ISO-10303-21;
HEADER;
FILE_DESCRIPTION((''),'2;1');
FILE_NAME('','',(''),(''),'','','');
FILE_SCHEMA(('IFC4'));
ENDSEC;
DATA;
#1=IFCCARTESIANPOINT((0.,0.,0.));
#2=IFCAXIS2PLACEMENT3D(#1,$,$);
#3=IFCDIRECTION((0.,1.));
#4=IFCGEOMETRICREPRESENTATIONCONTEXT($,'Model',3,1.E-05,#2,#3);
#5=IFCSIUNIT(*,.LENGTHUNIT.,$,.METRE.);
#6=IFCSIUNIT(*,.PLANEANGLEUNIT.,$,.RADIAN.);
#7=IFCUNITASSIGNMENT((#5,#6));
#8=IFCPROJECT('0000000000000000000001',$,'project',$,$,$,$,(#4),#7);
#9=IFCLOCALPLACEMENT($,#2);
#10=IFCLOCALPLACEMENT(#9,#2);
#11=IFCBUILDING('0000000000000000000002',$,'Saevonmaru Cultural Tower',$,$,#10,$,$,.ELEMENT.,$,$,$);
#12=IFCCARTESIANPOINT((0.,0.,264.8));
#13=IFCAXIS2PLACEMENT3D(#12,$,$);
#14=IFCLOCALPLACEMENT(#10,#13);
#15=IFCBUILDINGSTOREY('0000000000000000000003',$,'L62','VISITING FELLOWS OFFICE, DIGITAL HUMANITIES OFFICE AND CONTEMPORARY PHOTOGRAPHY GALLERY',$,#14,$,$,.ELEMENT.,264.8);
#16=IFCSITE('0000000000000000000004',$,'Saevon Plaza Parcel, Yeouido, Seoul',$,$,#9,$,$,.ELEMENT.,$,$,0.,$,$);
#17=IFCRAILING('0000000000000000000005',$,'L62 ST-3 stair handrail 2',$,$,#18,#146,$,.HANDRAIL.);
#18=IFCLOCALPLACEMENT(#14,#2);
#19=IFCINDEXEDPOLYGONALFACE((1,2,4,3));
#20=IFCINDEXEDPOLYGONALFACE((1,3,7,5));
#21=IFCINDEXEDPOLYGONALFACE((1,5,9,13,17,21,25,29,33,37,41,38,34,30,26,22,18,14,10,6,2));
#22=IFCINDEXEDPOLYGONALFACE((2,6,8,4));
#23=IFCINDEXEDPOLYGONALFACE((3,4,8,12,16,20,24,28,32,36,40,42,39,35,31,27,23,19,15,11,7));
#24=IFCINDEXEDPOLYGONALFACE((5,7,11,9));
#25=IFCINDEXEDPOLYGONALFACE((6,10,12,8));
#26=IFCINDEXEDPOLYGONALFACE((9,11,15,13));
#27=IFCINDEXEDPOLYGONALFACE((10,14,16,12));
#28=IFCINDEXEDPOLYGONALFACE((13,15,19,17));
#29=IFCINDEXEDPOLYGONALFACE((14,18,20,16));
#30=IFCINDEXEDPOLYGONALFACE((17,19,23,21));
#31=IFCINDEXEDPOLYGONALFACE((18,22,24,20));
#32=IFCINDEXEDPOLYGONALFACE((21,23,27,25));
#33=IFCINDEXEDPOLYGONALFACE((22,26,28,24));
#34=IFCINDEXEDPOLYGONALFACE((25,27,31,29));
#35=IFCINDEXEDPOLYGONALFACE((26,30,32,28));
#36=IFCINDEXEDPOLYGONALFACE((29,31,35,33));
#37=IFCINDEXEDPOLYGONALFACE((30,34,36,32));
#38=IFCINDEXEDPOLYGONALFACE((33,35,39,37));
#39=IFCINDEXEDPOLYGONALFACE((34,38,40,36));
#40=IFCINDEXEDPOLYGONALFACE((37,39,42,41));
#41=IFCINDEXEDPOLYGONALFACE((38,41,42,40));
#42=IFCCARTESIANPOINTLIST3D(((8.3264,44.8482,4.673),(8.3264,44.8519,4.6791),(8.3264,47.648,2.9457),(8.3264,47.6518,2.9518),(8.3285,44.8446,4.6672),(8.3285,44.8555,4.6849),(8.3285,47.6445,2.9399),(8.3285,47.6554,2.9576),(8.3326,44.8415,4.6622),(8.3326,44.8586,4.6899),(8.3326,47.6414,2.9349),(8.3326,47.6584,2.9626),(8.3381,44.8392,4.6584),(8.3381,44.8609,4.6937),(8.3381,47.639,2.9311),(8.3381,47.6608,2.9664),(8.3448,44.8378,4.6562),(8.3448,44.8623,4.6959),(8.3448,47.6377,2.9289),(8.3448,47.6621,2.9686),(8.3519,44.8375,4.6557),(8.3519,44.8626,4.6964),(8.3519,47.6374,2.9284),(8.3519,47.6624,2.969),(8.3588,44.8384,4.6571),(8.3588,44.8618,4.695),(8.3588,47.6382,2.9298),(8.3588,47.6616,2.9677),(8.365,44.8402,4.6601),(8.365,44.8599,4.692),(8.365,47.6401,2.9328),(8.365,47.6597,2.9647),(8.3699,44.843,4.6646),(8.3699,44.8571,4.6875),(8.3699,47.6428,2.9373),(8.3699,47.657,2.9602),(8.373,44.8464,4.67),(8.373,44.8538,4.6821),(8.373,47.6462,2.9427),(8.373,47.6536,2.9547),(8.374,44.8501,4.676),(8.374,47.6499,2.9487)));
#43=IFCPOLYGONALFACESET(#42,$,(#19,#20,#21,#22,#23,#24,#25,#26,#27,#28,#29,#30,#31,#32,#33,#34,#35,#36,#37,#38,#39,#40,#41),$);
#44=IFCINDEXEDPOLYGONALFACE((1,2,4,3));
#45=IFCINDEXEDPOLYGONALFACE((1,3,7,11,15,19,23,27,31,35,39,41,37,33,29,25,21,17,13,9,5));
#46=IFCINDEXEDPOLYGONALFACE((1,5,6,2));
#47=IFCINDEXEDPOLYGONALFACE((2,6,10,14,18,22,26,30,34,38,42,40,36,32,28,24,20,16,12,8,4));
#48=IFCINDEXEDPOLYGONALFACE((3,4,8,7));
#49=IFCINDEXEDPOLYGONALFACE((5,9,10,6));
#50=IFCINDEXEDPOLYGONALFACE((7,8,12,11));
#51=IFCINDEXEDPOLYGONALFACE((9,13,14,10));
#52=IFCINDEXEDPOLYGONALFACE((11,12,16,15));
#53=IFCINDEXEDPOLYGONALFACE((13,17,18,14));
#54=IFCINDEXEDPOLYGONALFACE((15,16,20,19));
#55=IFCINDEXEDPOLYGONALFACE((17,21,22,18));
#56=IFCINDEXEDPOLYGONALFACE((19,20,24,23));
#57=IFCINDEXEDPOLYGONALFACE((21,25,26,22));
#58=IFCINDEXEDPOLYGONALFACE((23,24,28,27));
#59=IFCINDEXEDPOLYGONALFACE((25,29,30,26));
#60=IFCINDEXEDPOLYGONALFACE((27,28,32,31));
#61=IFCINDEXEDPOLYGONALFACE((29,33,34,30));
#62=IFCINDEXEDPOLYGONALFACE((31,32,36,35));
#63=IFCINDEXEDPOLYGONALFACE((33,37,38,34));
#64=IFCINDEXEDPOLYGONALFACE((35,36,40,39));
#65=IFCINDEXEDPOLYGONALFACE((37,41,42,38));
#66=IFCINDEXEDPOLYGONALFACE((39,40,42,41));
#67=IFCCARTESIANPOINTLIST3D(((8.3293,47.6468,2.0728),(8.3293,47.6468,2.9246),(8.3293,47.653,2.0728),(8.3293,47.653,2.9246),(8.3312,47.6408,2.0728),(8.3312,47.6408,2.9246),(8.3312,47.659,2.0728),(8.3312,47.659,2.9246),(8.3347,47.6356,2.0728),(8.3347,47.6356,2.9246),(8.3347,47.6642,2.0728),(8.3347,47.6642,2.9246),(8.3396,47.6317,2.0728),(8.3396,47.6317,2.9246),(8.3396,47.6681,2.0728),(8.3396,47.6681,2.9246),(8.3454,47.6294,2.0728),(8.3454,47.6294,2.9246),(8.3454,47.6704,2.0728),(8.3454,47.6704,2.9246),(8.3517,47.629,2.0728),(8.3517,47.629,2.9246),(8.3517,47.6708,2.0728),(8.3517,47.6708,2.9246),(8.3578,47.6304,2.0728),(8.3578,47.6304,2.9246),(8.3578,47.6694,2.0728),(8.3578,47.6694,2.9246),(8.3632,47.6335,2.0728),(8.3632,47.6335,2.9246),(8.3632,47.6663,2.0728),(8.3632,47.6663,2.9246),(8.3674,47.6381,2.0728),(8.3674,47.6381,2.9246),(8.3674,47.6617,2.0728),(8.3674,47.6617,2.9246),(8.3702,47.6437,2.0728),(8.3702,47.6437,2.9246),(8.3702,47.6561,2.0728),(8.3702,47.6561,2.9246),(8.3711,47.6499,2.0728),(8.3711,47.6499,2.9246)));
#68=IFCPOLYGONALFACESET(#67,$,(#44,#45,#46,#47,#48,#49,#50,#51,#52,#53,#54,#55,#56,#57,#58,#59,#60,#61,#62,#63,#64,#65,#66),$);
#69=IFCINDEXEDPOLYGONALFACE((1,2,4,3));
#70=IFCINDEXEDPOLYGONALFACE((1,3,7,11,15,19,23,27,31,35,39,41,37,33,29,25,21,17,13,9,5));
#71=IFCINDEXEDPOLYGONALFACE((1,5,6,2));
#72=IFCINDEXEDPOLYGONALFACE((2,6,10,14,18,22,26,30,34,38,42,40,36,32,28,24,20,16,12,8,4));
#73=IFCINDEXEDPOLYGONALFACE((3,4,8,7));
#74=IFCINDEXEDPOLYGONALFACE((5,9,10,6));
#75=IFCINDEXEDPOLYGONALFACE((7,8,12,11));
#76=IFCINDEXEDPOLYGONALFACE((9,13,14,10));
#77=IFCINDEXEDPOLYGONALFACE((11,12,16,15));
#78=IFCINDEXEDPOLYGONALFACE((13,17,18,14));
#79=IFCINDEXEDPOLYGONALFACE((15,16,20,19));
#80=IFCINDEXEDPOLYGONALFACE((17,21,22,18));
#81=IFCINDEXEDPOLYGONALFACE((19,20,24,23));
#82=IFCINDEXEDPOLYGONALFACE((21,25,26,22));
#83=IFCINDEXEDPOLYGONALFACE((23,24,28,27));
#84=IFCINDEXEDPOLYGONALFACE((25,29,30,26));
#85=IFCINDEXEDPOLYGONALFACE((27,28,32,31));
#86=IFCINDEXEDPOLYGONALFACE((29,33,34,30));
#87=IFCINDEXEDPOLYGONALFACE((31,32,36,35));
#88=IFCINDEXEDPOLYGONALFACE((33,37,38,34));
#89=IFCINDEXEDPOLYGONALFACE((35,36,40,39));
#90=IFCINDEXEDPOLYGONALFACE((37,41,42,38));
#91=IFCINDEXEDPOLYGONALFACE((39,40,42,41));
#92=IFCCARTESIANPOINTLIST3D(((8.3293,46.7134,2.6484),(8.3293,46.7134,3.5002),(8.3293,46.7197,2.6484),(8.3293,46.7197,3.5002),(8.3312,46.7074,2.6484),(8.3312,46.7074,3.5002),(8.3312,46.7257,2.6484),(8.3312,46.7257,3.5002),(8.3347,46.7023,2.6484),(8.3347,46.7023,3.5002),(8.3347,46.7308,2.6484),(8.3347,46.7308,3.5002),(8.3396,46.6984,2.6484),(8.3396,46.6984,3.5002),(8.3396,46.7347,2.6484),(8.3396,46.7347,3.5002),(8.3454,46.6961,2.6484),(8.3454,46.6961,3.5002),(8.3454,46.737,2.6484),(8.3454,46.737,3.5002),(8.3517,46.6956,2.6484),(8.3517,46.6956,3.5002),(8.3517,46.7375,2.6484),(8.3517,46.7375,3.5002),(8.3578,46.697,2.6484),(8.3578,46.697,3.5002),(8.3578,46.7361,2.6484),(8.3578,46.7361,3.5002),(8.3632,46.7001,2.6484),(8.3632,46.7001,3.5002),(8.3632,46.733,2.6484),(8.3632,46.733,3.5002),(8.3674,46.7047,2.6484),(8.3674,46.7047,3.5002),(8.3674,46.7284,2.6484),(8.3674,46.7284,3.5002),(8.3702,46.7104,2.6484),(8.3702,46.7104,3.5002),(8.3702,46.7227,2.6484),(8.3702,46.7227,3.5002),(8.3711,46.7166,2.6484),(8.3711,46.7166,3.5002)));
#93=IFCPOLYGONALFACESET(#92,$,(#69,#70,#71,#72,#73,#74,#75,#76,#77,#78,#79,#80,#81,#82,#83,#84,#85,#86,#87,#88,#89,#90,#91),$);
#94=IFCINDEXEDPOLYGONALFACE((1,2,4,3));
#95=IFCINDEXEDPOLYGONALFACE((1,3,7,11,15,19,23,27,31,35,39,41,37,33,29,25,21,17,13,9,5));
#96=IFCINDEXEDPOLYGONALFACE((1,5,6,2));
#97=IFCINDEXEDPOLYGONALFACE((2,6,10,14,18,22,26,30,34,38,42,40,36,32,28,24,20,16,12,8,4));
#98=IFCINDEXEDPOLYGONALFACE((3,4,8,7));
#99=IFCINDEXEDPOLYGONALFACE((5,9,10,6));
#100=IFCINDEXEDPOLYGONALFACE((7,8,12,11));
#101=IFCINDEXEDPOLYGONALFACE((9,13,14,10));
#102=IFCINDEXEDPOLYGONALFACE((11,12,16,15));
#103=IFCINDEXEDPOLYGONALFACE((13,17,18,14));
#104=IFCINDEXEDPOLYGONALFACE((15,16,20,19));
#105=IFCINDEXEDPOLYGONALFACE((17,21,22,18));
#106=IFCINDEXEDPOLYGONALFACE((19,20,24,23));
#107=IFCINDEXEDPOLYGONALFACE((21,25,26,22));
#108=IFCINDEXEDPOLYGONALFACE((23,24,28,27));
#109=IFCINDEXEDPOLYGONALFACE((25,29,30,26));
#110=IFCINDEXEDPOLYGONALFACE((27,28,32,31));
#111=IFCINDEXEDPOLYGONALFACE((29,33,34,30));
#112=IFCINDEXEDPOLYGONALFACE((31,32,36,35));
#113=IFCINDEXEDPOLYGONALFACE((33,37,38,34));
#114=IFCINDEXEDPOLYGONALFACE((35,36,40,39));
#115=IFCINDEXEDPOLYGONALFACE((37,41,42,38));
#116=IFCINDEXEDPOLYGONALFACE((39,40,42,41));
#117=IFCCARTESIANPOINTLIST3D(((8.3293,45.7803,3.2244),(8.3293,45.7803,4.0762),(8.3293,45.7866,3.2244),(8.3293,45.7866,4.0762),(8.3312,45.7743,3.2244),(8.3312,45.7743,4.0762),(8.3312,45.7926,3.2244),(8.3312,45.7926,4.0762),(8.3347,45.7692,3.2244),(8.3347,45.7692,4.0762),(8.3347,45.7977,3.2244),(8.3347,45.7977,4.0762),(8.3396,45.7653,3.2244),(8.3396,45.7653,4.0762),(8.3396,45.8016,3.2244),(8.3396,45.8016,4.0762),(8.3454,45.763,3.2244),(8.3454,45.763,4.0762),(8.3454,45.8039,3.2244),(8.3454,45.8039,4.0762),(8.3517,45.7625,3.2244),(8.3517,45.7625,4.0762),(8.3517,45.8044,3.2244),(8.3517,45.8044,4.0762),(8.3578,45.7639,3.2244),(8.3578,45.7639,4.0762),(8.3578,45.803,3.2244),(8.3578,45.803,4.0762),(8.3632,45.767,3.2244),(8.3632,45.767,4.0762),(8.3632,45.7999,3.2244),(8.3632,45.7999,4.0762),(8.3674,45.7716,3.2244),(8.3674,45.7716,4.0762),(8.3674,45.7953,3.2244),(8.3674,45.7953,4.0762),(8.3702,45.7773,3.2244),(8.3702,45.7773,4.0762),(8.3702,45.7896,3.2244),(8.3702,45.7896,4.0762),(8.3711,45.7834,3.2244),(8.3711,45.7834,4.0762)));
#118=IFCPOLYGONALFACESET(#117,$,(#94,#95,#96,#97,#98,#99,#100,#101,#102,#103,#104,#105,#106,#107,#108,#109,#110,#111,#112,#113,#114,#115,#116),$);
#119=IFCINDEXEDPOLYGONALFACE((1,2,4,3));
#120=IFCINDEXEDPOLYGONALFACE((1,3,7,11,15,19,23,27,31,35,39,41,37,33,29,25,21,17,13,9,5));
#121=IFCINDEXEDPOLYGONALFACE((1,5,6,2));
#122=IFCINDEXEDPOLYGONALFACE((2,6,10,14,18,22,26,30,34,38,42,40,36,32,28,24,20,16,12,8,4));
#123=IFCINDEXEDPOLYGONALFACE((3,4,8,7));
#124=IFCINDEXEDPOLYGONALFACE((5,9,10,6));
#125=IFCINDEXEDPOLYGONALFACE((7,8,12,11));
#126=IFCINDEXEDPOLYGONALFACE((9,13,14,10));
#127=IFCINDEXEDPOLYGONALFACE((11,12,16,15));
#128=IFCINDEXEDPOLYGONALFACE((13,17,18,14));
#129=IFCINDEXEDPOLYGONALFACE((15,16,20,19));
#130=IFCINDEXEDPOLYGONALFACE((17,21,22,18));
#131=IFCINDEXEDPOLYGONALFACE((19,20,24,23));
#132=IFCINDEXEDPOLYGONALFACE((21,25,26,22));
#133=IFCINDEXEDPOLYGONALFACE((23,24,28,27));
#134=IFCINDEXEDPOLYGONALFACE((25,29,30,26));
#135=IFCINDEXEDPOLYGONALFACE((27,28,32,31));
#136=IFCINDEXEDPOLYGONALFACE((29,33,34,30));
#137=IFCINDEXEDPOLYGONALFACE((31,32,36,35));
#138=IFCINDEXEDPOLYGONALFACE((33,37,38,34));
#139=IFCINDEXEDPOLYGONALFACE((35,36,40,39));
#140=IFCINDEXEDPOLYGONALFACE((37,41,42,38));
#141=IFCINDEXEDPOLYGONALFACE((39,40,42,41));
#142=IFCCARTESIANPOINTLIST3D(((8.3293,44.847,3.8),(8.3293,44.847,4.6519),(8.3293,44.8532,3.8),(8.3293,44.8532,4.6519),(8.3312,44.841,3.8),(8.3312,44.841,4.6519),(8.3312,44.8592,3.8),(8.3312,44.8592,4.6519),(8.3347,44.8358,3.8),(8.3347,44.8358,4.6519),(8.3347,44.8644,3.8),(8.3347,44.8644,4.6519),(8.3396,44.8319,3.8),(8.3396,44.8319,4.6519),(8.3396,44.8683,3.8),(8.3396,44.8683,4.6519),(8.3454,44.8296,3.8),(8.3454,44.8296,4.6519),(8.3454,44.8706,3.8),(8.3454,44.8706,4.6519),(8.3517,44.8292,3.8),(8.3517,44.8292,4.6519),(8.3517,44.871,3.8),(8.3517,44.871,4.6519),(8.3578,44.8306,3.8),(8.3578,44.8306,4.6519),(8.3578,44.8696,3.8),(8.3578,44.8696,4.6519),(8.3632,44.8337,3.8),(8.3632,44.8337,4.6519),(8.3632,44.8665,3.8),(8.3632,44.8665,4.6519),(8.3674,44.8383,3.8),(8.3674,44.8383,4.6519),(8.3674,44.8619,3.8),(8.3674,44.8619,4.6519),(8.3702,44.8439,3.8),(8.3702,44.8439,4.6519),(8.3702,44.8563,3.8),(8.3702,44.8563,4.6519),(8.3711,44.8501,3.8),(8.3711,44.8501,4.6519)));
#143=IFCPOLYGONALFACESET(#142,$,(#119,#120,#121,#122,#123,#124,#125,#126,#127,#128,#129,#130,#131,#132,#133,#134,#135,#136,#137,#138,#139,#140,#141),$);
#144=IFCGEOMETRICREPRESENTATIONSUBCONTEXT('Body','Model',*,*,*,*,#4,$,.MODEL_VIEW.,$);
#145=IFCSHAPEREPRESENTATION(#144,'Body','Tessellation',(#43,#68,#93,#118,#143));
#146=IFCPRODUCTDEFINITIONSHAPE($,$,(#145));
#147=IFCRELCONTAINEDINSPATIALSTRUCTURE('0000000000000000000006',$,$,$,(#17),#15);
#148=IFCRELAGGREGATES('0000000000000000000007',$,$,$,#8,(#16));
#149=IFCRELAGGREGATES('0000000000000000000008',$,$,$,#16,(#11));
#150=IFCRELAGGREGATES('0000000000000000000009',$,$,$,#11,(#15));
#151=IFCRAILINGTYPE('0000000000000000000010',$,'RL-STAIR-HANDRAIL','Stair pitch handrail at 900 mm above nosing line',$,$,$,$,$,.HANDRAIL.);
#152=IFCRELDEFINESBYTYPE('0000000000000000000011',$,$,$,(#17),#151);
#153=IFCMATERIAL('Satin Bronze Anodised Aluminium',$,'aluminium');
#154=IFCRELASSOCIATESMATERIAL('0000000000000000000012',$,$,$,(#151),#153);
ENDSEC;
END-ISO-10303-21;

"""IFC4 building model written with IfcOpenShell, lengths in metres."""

from ifc_helpers import new_model, si_unit, direction, frame, origin, origin_2d, place, context, subcontext, project, spatial, circle, extrude, material, type_object, element, save


model = new_model("IFC4")

# Units and contexts
model_context = context("Model", 3, precision=1e-05, world=origin(), true_north=direction((0.0, 1.0)))
body_context = subcontext(model_context, "Body", "Model", "MODEL_VIEW")
ifc_project = project(units=[si_unit("LENGTHUNIT", "METRE"), si_unit("PLANEANGLEUNIT", "RADIAN")], contexts=[model_context])

# Site, building, storey
site_placement = place(None, origin())
site = spatial("IfcSite", under=ifc_project, at=site_placement, Name="Saevon Plaza Parcel, Yeouido, Seoul", CompositionType="ELEMENT", RefElevation=0.0)
building_placement = place(site_placement, origin())
building = spatial("IfcBuilding", under=site, at=building_placement, Name="Saevonmaru Cultural Tower", CompositionType="ELEMENT")
storey_placement = place(building_placement, frame((0.0, 0.0, 264.8)))
storey = spatial("IfcBuildingStorey", under=building, at=storey_placement, Name="L62", Description="VISITING FELLOWS OFFICE, DIGITAL HUMANITIES OFFICE AND CONTEMPORARY PHOTOGRAPHY GALLERY", CompositionType="ELEMENT", Elevation=264.8)

# Shared definitions
ifc_material_1 = material(Name="Satin Bronze Anodised Aluminium", Category="aluminium")

# Railing
railing_type_1 = type_object("IfcRailingType", Name="RL-STAIR-HANDRAIL", Description="Stair pitch handrail at 900 mm above nosing line", PredefinedType="HANDRAIL", material=ifc_material_1)
railing_1_placement = place(storey_placement, frame((8.3501, 47.6499, 2.0728)))
element("IfcRailing", 1, at=railing_1_placement, inside=storey, type_object=railing_type_1, Name="L62 ST-3 stair handrail 2", PredefinedType="HANDRAIL", context=body_context, shape_type="SweptSolid", body=[
    extrude(circle(Radius=0.0239, at=origin_2d()), frame((0.0, 0.0, 0.876), z_axis=(0.0, -0.851069, 0.525054), x_axis=(1.0, 0.0, 0.0)), (0.0, 0.0, 1.0), 3.2898),
    extrude(circle(Radius=0.021, at=origin_2d()), origin(), (0.0, 0.0, 1.0), 0.8518),
    extrude(circle(Radius=0.021, at=origin_2d()), frame((0.0, -0.9333, 0.5757)), (0.0, 0.0, 1.0), 0.8518),
    extrude(circle(Radius=0.021, at=origin_2d()), frame((0.0, -1.8665, 1.1516)), (0.0, 0.0, 1.0), 0.8518),
    extrude(circle(Radius=0.021, at=origin_2d()), frame((0.0, -2.7998, 1.7273)), (0.0, 0.0, 1.0), 0.8518),
])

save(model, "model.ifc")
